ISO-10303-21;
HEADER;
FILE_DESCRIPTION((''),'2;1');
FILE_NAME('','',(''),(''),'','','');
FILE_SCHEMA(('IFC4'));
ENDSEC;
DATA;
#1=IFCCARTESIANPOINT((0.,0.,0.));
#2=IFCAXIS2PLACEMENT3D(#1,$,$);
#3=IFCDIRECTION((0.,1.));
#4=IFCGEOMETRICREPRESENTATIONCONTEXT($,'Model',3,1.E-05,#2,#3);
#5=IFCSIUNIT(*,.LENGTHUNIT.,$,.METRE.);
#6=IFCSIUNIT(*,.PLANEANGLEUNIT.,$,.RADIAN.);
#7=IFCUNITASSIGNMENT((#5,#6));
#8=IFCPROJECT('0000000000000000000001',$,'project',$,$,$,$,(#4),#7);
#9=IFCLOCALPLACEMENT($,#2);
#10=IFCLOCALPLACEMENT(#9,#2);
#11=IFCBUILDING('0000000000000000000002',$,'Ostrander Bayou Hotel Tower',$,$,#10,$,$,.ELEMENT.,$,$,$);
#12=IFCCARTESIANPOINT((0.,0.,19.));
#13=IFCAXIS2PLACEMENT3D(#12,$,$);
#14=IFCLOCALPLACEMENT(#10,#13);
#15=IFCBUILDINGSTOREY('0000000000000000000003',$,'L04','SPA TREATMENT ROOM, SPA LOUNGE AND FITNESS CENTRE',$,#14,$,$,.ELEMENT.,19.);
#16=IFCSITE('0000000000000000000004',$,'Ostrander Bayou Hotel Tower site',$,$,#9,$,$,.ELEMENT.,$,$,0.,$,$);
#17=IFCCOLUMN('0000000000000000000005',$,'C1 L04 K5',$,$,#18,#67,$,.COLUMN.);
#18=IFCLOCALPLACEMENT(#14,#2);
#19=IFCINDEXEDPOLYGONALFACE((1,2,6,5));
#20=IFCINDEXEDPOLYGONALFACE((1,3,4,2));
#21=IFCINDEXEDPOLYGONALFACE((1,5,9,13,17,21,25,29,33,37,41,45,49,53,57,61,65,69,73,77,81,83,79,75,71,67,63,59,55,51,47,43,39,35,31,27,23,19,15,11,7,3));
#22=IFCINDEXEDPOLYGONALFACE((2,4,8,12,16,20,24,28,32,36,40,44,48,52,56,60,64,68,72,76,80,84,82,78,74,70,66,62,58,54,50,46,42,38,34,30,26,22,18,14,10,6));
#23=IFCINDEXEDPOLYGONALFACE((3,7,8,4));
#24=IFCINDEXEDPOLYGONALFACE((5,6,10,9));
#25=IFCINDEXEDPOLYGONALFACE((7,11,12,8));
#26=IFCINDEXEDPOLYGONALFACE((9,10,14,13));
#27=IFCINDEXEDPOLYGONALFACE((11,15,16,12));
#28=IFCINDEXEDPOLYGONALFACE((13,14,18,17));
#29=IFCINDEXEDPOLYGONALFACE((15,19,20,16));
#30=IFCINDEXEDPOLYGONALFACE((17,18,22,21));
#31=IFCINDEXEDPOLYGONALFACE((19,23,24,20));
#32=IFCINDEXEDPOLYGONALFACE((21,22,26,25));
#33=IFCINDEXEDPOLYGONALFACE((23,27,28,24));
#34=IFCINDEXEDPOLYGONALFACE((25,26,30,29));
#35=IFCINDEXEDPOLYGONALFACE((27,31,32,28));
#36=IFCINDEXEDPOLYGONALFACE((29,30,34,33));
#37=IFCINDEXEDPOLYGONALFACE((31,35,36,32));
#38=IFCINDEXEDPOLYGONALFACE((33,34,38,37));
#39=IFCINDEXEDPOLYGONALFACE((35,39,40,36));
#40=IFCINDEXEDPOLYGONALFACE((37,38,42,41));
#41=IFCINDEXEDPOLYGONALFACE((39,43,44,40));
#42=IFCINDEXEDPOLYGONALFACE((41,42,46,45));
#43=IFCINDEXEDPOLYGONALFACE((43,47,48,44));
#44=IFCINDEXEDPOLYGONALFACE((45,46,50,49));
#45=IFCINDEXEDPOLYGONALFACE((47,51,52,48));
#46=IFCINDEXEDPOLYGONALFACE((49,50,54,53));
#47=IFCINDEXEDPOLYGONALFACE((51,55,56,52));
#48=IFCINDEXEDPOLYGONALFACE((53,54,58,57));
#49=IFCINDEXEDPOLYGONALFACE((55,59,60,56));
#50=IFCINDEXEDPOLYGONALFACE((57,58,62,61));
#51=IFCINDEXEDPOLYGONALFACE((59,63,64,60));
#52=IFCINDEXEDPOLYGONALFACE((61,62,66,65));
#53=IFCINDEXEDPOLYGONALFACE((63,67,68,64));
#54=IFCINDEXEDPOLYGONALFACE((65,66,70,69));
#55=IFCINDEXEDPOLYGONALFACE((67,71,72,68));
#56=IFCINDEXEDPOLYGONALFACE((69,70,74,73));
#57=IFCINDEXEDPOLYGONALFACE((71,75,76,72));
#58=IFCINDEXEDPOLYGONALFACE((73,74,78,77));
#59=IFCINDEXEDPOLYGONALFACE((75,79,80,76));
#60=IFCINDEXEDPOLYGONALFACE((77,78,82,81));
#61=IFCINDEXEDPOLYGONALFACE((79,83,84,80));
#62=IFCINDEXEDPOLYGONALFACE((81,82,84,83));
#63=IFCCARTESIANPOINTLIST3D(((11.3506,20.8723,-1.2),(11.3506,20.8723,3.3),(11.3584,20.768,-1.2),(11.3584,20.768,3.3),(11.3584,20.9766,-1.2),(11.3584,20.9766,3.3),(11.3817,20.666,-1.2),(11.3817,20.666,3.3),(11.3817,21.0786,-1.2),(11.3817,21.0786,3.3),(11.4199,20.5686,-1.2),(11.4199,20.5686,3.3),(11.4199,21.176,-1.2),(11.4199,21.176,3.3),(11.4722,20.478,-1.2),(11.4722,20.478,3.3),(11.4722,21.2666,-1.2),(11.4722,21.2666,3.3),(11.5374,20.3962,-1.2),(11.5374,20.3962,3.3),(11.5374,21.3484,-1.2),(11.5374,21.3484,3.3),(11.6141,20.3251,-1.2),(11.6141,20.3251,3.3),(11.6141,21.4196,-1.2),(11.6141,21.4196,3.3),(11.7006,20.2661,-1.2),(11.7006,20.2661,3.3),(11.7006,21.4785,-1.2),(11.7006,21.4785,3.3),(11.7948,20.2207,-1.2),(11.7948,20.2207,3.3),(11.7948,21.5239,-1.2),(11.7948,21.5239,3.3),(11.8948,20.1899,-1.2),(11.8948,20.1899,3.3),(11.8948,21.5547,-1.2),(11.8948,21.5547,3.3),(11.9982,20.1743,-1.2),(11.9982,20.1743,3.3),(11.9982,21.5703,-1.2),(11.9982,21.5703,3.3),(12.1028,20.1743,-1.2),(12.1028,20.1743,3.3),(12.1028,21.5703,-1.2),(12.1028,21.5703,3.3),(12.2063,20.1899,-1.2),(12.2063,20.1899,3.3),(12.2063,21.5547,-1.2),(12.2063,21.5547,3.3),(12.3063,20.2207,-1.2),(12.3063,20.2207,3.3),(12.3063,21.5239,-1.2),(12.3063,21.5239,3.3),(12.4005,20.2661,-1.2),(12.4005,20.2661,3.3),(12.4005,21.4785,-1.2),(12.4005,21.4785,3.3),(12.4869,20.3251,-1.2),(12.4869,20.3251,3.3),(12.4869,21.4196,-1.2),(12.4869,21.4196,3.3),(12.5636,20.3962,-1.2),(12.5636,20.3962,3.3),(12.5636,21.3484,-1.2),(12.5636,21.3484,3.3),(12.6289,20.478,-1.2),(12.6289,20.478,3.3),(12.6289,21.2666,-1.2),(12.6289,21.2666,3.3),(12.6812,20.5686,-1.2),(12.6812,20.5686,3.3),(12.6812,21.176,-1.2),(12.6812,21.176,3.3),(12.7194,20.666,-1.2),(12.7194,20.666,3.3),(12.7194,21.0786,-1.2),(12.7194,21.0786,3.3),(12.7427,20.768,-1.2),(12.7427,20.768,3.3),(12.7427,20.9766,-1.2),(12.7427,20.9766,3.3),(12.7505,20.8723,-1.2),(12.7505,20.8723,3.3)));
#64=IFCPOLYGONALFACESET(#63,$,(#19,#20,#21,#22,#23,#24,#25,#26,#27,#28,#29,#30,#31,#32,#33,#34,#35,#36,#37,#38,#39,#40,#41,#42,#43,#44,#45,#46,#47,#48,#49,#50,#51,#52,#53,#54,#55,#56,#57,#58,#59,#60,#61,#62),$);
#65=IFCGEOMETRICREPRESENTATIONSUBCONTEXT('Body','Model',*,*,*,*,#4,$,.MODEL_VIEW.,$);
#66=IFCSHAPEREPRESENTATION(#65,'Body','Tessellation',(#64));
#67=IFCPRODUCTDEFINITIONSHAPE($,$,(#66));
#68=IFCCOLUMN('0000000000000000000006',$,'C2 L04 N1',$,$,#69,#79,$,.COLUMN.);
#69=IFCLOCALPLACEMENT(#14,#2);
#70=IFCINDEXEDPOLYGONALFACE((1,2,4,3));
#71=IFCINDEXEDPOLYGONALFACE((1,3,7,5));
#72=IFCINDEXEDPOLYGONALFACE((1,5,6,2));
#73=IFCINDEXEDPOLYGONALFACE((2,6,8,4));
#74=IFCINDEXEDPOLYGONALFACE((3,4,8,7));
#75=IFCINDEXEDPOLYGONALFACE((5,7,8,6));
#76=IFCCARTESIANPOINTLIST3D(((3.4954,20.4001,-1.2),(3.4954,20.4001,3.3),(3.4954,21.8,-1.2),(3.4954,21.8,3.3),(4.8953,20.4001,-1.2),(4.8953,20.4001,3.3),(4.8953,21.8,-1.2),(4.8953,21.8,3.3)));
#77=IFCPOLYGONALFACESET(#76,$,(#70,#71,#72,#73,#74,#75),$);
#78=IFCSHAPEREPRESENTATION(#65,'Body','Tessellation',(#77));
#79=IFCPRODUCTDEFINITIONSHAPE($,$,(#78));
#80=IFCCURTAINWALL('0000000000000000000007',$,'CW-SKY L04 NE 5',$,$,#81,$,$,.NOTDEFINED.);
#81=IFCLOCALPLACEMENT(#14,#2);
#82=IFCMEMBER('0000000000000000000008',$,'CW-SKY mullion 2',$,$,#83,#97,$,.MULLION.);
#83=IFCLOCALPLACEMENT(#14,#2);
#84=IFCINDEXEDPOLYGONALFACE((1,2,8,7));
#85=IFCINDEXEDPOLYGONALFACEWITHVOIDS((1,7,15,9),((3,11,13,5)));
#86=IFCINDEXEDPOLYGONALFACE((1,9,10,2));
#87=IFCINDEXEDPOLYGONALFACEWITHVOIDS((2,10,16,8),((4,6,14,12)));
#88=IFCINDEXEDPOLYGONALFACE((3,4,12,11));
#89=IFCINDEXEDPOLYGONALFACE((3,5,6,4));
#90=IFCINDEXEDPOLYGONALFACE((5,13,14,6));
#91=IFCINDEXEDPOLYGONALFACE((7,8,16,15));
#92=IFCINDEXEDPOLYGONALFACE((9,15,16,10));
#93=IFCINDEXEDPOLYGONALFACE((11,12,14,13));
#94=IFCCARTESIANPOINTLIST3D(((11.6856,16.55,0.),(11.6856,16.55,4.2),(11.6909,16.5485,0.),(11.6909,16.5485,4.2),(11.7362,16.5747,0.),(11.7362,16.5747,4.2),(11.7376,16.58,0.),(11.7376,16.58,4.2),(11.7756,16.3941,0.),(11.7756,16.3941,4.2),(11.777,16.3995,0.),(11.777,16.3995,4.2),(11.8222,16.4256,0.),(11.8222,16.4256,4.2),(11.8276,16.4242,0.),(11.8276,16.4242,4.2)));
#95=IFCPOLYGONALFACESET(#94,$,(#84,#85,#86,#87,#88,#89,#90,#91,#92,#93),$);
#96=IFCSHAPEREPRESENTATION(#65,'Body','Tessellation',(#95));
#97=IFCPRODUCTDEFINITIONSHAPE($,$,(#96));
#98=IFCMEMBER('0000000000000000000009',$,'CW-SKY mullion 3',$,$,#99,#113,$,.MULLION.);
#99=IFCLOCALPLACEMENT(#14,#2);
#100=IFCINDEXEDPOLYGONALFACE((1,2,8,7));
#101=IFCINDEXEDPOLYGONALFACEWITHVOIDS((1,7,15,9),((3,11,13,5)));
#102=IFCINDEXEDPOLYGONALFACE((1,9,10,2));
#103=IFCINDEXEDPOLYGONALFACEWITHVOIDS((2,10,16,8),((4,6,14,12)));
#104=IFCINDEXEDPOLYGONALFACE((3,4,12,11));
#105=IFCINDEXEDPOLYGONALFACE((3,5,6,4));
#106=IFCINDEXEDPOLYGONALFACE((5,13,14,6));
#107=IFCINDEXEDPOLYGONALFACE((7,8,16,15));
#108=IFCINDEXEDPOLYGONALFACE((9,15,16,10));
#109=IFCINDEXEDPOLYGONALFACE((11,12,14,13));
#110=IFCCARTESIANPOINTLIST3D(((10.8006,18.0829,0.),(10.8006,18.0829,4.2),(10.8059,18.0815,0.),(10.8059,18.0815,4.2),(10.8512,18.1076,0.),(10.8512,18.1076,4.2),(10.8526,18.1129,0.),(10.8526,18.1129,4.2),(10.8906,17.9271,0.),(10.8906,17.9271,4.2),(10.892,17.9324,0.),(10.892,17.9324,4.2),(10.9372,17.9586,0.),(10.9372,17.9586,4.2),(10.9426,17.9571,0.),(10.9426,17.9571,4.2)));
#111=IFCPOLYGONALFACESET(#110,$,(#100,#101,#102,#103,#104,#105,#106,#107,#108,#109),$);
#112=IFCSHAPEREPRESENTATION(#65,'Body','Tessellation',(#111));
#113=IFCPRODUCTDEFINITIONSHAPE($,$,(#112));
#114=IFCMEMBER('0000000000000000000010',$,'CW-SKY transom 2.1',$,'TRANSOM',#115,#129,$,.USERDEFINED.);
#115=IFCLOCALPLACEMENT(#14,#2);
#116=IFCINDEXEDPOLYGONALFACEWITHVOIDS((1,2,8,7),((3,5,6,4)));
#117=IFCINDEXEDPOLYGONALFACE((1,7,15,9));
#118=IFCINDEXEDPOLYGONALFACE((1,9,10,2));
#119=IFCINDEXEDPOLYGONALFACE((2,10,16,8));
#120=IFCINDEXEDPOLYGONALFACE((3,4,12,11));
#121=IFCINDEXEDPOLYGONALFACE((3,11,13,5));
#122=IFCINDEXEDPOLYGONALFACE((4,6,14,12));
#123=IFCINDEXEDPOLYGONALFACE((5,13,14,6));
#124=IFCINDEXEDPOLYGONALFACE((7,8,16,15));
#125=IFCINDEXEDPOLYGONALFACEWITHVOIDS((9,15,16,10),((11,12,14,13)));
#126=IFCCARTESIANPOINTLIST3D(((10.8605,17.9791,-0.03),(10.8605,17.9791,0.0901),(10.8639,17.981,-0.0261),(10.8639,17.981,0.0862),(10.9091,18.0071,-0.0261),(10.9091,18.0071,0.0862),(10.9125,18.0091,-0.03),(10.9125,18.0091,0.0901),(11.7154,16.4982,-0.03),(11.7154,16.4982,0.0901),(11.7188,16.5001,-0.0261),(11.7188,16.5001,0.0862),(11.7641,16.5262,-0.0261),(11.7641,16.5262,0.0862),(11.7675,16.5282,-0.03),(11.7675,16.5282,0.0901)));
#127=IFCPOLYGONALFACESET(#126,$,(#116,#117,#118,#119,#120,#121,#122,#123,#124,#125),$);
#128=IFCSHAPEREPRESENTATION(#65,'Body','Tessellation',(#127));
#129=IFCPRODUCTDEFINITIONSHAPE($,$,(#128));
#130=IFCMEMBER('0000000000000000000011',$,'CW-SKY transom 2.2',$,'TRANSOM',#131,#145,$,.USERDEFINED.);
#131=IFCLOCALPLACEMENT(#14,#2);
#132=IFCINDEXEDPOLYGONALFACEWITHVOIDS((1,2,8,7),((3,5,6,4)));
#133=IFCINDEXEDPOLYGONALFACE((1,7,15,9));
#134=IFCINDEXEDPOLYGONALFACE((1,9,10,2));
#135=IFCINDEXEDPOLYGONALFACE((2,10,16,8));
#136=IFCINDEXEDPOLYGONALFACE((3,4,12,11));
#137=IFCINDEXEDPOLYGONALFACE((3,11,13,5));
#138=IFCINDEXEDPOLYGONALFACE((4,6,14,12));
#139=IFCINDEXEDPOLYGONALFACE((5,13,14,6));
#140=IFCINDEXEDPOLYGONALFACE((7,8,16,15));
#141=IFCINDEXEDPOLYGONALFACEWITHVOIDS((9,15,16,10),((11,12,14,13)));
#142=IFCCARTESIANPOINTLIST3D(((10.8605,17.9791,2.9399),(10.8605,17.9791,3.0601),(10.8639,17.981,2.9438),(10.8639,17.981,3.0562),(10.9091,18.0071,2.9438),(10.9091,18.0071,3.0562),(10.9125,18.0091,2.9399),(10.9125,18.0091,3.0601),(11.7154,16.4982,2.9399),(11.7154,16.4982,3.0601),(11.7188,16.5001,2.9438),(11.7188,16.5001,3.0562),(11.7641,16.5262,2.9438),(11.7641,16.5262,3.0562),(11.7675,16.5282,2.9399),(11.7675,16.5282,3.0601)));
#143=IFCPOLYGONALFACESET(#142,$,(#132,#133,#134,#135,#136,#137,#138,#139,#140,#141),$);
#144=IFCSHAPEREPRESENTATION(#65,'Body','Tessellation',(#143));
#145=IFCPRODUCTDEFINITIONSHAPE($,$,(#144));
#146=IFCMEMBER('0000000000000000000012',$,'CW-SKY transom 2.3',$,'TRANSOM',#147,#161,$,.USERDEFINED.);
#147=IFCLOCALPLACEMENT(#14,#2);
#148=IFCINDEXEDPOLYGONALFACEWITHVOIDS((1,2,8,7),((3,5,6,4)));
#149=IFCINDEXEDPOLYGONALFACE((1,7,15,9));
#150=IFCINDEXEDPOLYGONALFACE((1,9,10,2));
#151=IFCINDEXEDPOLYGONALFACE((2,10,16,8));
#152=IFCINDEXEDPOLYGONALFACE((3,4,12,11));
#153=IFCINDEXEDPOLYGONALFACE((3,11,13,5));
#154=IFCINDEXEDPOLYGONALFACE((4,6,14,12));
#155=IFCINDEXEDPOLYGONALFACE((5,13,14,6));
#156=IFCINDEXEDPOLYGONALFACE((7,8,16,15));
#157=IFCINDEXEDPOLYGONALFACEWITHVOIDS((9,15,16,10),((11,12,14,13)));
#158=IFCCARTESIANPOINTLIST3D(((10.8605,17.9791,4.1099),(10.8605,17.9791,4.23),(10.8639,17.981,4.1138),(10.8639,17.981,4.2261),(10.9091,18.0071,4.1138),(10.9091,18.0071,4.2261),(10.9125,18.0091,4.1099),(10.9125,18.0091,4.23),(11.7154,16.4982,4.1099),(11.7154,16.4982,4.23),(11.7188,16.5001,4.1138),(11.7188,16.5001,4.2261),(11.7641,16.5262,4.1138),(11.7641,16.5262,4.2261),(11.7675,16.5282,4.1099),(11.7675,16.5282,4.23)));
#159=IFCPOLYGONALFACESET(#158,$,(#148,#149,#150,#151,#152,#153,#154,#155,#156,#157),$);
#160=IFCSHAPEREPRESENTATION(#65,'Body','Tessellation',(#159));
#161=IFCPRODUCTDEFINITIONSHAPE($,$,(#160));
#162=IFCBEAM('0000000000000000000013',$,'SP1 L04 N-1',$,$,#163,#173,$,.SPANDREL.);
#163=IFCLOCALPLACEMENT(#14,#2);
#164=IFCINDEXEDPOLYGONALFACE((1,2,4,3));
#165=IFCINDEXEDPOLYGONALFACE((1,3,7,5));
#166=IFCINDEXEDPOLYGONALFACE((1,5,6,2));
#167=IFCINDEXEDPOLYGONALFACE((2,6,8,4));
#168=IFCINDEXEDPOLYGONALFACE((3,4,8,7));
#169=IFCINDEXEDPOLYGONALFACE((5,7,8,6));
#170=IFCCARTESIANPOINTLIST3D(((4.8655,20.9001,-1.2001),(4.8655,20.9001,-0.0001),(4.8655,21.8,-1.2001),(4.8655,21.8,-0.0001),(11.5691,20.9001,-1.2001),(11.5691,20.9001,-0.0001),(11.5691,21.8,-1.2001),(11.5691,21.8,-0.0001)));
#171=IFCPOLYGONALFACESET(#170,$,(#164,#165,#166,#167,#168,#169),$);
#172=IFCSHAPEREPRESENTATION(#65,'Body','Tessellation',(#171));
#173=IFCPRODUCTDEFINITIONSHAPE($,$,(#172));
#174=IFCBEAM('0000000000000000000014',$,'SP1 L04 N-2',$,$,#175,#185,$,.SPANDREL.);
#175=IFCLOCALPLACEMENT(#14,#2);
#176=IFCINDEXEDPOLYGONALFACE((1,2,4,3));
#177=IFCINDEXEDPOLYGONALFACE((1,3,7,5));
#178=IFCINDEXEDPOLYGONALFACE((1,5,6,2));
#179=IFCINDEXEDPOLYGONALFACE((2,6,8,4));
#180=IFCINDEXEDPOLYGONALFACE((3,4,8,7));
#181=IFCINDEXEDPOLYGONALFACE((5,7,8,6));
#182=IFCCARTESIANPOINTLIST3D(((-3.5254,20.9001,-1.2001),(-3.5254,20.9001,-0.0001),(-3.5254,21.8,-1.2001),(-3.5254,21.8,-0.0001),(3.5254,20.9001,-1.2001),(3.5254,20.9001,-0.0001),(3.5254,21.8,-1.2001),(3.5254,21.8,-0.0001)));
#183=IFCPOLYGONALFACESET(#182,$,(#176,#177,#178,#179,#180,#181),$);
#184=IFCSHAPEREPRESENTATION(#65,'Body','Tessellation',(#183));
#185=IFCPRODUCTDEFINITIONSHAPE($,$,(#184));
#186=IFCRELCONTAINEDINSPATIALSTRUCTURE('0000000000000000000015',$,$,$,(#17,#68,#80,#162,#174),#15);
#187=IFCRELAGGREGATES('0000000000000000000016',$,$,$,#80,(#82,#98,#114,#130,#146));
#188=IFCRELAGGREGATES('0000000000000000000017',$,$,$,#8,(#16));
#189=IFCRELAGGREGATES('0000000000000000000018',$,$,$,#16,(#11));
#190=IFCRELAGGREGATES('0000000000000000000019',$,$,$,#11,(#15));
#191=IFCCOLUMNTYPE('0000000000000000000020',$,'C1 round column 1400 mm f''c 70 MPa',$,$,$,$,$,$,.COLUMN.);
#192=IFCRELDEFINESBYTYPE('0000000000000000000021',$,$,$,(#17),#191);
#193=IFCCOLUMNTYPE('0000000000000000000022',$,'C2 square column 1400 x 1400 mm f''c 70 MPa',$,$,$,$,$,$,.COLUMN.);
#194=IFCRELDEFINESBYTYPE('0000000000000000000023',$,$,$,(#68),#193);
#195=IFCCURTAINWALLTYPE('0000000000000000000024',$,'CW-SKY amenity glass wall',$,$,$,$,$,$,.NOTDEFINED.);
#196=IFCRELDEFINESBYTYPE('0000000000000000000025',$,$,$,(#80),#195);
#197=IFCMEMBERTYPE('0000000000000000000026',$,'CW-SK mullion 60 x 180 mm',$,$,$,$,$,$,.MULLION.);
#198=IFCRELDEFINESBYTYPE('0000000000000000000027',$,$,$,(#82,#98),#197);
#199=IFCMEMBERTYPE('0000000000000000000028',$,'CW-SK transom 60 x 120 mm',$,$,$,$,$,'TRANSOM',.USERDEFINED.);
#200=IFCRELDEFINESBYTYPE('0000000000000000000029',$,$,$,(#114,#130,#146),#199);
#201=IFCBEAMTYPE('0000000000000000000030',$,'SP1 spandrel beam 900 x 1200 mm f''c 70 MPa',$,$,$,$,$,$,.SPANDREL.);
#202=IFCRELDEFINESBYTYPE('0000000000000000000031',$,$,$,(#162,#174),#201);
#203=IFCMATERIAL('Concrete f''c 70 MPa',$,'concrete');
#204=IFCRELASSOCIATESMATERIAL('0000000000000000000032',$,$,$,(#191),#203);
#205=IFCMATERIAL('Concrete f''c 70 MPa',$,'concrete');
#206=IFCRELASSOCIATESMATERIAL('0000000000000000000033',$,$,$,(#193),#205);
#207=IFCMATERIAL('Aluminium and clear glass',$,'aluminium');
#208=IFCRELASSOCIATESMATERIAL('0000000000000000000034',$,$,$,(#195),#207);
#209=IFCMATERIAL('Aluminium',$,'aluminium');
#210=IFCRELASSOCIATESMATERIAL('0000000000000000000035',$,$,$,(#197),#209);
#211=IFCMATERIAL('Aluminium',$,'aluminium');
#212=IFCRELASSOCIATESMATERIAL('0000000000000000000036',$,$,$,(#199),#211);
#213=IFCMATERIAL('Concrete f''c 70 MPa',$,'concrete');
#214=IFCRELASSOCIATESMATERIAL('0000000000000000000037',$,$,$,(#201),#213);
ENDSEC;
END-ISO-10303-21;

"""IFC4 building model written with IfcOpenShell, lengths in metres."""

from ifc_helpers import new_model, si_unit, direction, frame, origin, origin_2d, place, context, subcontext, project, spatial, rectangle, hollow_rectangle, circle, extrude, material, material_profile, profile_set, type_object, element, aggregate, save


model = new_model("IFC4")

# Units and contexts
model_context = context("Model", 3, precision=1e-05, world=origin(), true_north=direction((0.0, 1.0)))
body_context = subcontext(model_context, "Body", "Model", "MODEL_VIEW")
ifc_project = project(units=[si_unit("LENGTHUNIT", "METRE"), si_unit("PLANEANGLEUNIT", "RADIAN")], contexts=[model_context])

# Site, building, storey
site_placement = place(None, origin())
site = spatial("IfcSite", under=ifc_project, at=site_placement, Name="Ostrander Bayou Hotel Tower site", CompositionType="ELEMENT", RefElevation=0.0)
building_placement = place(site_placement, origin())
building = spatial("IfcBuilding", under=site, at=building_placement, Name="Ostrander Bayou Hotel Tower", CompositionType="ELEMENT")
storey_placement = place(building_placement, frame((0.0, 0.0, 19.0)))
storey = spatial("IfcBuildingStorey", under=building, at=storey_placement, Name="L04", Description="SPA TREATMENT ROOM, SPA LOUNGE AND FITNESS CENTRE", CompositionType="ELEMENT", Elevation=19.0)

# Columns
ifc_material_1 = material(Name="Concrete f'c 70 MPa", Category="concrete")
ifc_material_profile_1 = material_profile(ifc_material_1, circle(Radius=0.7, at=origin_2d()))
ifc_profile_set_1 = profile_set([ifc_material_profile_1], Name="Concrete f'c 70 MPa")
column_type_1 = type_object("IfcColumnType", Name="C1 round column 1400 mm f'c 70 MPa", PredefinedType="COLUMN", material=ifc_profile_set_1)
column_1_placement = place(storey_placement, frame((12.0505, 20.8723, -1.2), z_axis=(0.0, 0.0, 1.0), x_axis=(1.0, 0.0, 0.0)))
element("IfcColumn", 1, at=column_1_placement, inside=storey, type_object=column_type_1, Name="C1 L04 K5", PredefinedType="COLUMN", context=body_context, shape_type="SweptSolid", body=[
    extrude(circle(Radius=0.7, at=origin_2d()), origin(), (0.0, 0.0, 1.0), 4.5),
])
ifc_material_2 = material(Name="Concrete f'c 70 MPa", Category="concrete")
ifc_material_profile_2 = material_profile(ifc_material_2, rectangle(XDim=1.3999, YDim=1.3999, at=origin_2d()))
ifc_profile_set_2 = profile_set([ifc_material_profile_2], Name="Concrete f'c 70 MPa")
column_type_2 = type_object("IfcColumnType", Name="C2 square column 1400 x 1400 mm f'c 70 MPa", PredefinedType="COLUMN", material=ifc_profile_set_2)
column_2_placement = place(storey_placement, frame((4.1953, 21.1001, -1.2), z_axis=(0.0, 0.0, 1.0), x_axis=(1.0, 0.0, 0.0)))
element("IfcColumn", 2, at=column_2_placement, inside=storey, type_object=column_type_2, Name="C2 L04 N1", PredefinedType="COLUMN", context=body_context, shape_type="SweptSolid", body=[
    extrude(rectangle(XDim=1.3999, YDim=1.3999, at=origin_2d()), origin(), (0.0, 0.0, 1.0), 4.5),
])

# Curtain wall, members
ifc_material_3 = material(Name="Aluminium and clear glass", Category="aluminium")
curtain_wall_type = type_object("IfcCurtainWallType", Name="CW-SKY amenity glass wall", PredefinedType="NOTDEFINED", material=ifc_material_3)
curtain_wall_placement = place(storey_placement, origin())
curtain_wall = element("IfcCurtainWall", 3, at=curtain_wall_placement, inside=storey, type_object=curtain_wall_type, Name="CW-SKY L04 NE 5", PredefinedType="NOTDEFINED")
ifc_material_4 = material(Name="Aluminium", Category="aluminium")
ifc_material_profile_3 = material_profile(ifc_material_4, hollow_rectangle(XDim=0.0601, YDim=0.1799, WallThickness=0.0039, at=origin_2d()))
ifc_profile_set_3 = profile_set([ifc_material_profile_3], Name="Aluminium")
member_type_1 = type_object("IfcMemberType", Name="CW-SK mullion 60 x 180 mm", PredefinedType="MULLION", material=ifc_profile_set_3)
member_1_placement = place(storey_placement, frame((11.7566, 16.4871, 0.0), z_axis=(0.0, 0.0, 1.0), x_axis=(-0.866026, -0.499999, 0.0)))
member_1 = element("IfcMember", 4, at=member_1_placement, type_object=member_type_1, Name="CW-SKY mullion 2", PredefinedType="MULLION", context=body_context, shape_type="SweptSolid", body=[
    extrude(hollow_rectangle(XDim=0.0601, YDim=0.1799, WallThickness=0.0039, at=origin_2d()), origin(), (0.0, 0.0, 1.0), 4.2),
])
member_2_placement = place(storey_placement, frame((10.8716, 18.02, 0.0), z_axis=(0.0, 0.0, 1.0), x_axis=(-0.866026, -0.499999, 0.0)))
member_2 = element("IfcMember", 5, at=member_2_placement, type_object=member_type_1, Name="CW-SKY mullion 3", PredefinedType="MULLION", context=body_context, shape_type="SweptSolid", body=[
    extrude(hollow_rectangle(XDim=0.0601, YDim=0.1799, WallThickness=0.0039, at=origin_2d()), origin(), (0.0, 0.0, 1.0), 4.2),
])
ifc_material_5 = material(Name="Aluminium", Category="aluminium")
ifc_material_profile_4 = material_profile(ifc_material_5, hollow_rectangle(XDim=0.0601, YDim=0.1201, WallThickness=0.0039, at=origin_2d()))
ifc_profile_set_4 = profile_set([ifc_material_profile_4], Name="Aluminium")
member_type_2 = type_object("IfcMemberType", Name="CW-SK transom 60 x 120 mm", ElementType="TRANSOM", PredefinedType="USERDEFINED", material=ifc_profile_set_4)
member_3_placement = place(storey_placement, frame((11.7415, 16.5132, 0.03), z_axis=(-0.499978, 0.866038, 0.0), x_axis=(-0.866038, -0.499978, 0.0)))
member_3 = element("IfcMember", 6, at=member_3_placement, type_object=member_type_2, Name="CW-SKY transom 2.1", ObjectType="TRANSOM", PredefinedType="USERDEFINED", context=body_context, shape_type="SweptSolid", body=[
    extrude(hollow_rectangle(XDim=0.0601, YDim=0.1201, WallThickness=0.0039, at=origin_2d()), origin(), (0.0, 0.0, 1.0), 1.71),
])
member_4_placement = place(storey_placement, frame((11.7415, 16.5132, 3.0), z_axis=(-0.499978, 0.866038, 0.0), x_axis=(-0.866038, -0.499978, 0.0)))
member_4 = element("IfcMember", 7, at=member_4_placement, type_object=member_type_2, Name="CW-SKY transom 2.2", ObjectType="TRANSOM", PredefinedType="USERDEFINED", context=body_context, shape_type="SweptSolid", body=[
    extrude(hollow_rectangle(XDim=0.0601, YDim=0.1201, WallThickness=0.0039, at=origin_2d()), origin(), (0.0, 0.0, 1.0), 1.71),
])
member_5_placement = place(storey_placement, frame((11.7415, 16.5132, 4.1699), z_axis=(-0.499978, 0.866038, 0.0), x_axis=(-0.866038, -0.499978, 0.0)))
member_5 = element("IfcMember", 8, at=member_5_placement, type_object=member_type_2, Name="CW-SKY transom 2.3", ObjectType="TRANSOM", PredefinedType="USERDEFINED", context=body_context, shape_type="SweptSolid", body=[
    extrude(hollow_rectangle(XDim=0.0601, YDim=0.1201, WallThickness=0.0039, at=origin_2d()), origin(), (0.0, 0.0, 1.0), 1.71),
])

# Beams
ifc_material_6 = material(Name="Concrete f'c 70 MPa", Category="concrete")
ifc_material_profile_5 = material_profile(ifc_material_6, rectangle(XDim=0.8999, YDim=1.2, at=origin_2d()))
ifc_profile_set_5 = profile_set([ifc_material_profile_5], Name="Concrete f'c 70 MPa")
beam_type = type_object("IfcBeamType", Name="SP1 spandrel beam 900 x 1200 mm f'c 70 MPa", PredefinedType="SPANDREL", material=ifc_profile_set_5)
beam_1_placement = place(storey_placement, frame((11.5691, 21.3501, -0.6001), z_axis=(-1.0, 0.0, 0.0), x_axis=(0.0, -1.0, 0.0)))
element("IfcBeam", 9, at=beam_1_placement, inside=storey, type_object=beam_type, Name="SP1 L04 N-1", PredefinedType="SPANDREL", context=body_context, shape_type="SweptSolid", body=[
    extrude(rectangle(XDim=0.8999, YDim=1.2, at=origin_2d()), origin(), (0.0, 0.0, 1.0), 6.7036),
])
beam_2_placement = place(storey_placement, frame((3.5254, 21.3501, -0.6001), z_axis=(-1.0, 0.0, 0.0), x_axis=(0.0, -1.0, 0.0)))
element("IfcBeam", 10, at=beam_2_placement, inside=storey, type_object=beam_type, Name="SP1 L04 N-2", PredefinedType="SPANDREL", context=body_context, shape_type="SweptSolid", body=[
    extrude(rectangle(XDim=0.8999, YDim=1.2, at=origin_2d()), origin(), (0.0, 0.0, 1.0), 7.0508),
])

aggregate(curtain_wall, [member_1, member_2, member_3, member_4, member_5])

save(model, "model.ifc")
